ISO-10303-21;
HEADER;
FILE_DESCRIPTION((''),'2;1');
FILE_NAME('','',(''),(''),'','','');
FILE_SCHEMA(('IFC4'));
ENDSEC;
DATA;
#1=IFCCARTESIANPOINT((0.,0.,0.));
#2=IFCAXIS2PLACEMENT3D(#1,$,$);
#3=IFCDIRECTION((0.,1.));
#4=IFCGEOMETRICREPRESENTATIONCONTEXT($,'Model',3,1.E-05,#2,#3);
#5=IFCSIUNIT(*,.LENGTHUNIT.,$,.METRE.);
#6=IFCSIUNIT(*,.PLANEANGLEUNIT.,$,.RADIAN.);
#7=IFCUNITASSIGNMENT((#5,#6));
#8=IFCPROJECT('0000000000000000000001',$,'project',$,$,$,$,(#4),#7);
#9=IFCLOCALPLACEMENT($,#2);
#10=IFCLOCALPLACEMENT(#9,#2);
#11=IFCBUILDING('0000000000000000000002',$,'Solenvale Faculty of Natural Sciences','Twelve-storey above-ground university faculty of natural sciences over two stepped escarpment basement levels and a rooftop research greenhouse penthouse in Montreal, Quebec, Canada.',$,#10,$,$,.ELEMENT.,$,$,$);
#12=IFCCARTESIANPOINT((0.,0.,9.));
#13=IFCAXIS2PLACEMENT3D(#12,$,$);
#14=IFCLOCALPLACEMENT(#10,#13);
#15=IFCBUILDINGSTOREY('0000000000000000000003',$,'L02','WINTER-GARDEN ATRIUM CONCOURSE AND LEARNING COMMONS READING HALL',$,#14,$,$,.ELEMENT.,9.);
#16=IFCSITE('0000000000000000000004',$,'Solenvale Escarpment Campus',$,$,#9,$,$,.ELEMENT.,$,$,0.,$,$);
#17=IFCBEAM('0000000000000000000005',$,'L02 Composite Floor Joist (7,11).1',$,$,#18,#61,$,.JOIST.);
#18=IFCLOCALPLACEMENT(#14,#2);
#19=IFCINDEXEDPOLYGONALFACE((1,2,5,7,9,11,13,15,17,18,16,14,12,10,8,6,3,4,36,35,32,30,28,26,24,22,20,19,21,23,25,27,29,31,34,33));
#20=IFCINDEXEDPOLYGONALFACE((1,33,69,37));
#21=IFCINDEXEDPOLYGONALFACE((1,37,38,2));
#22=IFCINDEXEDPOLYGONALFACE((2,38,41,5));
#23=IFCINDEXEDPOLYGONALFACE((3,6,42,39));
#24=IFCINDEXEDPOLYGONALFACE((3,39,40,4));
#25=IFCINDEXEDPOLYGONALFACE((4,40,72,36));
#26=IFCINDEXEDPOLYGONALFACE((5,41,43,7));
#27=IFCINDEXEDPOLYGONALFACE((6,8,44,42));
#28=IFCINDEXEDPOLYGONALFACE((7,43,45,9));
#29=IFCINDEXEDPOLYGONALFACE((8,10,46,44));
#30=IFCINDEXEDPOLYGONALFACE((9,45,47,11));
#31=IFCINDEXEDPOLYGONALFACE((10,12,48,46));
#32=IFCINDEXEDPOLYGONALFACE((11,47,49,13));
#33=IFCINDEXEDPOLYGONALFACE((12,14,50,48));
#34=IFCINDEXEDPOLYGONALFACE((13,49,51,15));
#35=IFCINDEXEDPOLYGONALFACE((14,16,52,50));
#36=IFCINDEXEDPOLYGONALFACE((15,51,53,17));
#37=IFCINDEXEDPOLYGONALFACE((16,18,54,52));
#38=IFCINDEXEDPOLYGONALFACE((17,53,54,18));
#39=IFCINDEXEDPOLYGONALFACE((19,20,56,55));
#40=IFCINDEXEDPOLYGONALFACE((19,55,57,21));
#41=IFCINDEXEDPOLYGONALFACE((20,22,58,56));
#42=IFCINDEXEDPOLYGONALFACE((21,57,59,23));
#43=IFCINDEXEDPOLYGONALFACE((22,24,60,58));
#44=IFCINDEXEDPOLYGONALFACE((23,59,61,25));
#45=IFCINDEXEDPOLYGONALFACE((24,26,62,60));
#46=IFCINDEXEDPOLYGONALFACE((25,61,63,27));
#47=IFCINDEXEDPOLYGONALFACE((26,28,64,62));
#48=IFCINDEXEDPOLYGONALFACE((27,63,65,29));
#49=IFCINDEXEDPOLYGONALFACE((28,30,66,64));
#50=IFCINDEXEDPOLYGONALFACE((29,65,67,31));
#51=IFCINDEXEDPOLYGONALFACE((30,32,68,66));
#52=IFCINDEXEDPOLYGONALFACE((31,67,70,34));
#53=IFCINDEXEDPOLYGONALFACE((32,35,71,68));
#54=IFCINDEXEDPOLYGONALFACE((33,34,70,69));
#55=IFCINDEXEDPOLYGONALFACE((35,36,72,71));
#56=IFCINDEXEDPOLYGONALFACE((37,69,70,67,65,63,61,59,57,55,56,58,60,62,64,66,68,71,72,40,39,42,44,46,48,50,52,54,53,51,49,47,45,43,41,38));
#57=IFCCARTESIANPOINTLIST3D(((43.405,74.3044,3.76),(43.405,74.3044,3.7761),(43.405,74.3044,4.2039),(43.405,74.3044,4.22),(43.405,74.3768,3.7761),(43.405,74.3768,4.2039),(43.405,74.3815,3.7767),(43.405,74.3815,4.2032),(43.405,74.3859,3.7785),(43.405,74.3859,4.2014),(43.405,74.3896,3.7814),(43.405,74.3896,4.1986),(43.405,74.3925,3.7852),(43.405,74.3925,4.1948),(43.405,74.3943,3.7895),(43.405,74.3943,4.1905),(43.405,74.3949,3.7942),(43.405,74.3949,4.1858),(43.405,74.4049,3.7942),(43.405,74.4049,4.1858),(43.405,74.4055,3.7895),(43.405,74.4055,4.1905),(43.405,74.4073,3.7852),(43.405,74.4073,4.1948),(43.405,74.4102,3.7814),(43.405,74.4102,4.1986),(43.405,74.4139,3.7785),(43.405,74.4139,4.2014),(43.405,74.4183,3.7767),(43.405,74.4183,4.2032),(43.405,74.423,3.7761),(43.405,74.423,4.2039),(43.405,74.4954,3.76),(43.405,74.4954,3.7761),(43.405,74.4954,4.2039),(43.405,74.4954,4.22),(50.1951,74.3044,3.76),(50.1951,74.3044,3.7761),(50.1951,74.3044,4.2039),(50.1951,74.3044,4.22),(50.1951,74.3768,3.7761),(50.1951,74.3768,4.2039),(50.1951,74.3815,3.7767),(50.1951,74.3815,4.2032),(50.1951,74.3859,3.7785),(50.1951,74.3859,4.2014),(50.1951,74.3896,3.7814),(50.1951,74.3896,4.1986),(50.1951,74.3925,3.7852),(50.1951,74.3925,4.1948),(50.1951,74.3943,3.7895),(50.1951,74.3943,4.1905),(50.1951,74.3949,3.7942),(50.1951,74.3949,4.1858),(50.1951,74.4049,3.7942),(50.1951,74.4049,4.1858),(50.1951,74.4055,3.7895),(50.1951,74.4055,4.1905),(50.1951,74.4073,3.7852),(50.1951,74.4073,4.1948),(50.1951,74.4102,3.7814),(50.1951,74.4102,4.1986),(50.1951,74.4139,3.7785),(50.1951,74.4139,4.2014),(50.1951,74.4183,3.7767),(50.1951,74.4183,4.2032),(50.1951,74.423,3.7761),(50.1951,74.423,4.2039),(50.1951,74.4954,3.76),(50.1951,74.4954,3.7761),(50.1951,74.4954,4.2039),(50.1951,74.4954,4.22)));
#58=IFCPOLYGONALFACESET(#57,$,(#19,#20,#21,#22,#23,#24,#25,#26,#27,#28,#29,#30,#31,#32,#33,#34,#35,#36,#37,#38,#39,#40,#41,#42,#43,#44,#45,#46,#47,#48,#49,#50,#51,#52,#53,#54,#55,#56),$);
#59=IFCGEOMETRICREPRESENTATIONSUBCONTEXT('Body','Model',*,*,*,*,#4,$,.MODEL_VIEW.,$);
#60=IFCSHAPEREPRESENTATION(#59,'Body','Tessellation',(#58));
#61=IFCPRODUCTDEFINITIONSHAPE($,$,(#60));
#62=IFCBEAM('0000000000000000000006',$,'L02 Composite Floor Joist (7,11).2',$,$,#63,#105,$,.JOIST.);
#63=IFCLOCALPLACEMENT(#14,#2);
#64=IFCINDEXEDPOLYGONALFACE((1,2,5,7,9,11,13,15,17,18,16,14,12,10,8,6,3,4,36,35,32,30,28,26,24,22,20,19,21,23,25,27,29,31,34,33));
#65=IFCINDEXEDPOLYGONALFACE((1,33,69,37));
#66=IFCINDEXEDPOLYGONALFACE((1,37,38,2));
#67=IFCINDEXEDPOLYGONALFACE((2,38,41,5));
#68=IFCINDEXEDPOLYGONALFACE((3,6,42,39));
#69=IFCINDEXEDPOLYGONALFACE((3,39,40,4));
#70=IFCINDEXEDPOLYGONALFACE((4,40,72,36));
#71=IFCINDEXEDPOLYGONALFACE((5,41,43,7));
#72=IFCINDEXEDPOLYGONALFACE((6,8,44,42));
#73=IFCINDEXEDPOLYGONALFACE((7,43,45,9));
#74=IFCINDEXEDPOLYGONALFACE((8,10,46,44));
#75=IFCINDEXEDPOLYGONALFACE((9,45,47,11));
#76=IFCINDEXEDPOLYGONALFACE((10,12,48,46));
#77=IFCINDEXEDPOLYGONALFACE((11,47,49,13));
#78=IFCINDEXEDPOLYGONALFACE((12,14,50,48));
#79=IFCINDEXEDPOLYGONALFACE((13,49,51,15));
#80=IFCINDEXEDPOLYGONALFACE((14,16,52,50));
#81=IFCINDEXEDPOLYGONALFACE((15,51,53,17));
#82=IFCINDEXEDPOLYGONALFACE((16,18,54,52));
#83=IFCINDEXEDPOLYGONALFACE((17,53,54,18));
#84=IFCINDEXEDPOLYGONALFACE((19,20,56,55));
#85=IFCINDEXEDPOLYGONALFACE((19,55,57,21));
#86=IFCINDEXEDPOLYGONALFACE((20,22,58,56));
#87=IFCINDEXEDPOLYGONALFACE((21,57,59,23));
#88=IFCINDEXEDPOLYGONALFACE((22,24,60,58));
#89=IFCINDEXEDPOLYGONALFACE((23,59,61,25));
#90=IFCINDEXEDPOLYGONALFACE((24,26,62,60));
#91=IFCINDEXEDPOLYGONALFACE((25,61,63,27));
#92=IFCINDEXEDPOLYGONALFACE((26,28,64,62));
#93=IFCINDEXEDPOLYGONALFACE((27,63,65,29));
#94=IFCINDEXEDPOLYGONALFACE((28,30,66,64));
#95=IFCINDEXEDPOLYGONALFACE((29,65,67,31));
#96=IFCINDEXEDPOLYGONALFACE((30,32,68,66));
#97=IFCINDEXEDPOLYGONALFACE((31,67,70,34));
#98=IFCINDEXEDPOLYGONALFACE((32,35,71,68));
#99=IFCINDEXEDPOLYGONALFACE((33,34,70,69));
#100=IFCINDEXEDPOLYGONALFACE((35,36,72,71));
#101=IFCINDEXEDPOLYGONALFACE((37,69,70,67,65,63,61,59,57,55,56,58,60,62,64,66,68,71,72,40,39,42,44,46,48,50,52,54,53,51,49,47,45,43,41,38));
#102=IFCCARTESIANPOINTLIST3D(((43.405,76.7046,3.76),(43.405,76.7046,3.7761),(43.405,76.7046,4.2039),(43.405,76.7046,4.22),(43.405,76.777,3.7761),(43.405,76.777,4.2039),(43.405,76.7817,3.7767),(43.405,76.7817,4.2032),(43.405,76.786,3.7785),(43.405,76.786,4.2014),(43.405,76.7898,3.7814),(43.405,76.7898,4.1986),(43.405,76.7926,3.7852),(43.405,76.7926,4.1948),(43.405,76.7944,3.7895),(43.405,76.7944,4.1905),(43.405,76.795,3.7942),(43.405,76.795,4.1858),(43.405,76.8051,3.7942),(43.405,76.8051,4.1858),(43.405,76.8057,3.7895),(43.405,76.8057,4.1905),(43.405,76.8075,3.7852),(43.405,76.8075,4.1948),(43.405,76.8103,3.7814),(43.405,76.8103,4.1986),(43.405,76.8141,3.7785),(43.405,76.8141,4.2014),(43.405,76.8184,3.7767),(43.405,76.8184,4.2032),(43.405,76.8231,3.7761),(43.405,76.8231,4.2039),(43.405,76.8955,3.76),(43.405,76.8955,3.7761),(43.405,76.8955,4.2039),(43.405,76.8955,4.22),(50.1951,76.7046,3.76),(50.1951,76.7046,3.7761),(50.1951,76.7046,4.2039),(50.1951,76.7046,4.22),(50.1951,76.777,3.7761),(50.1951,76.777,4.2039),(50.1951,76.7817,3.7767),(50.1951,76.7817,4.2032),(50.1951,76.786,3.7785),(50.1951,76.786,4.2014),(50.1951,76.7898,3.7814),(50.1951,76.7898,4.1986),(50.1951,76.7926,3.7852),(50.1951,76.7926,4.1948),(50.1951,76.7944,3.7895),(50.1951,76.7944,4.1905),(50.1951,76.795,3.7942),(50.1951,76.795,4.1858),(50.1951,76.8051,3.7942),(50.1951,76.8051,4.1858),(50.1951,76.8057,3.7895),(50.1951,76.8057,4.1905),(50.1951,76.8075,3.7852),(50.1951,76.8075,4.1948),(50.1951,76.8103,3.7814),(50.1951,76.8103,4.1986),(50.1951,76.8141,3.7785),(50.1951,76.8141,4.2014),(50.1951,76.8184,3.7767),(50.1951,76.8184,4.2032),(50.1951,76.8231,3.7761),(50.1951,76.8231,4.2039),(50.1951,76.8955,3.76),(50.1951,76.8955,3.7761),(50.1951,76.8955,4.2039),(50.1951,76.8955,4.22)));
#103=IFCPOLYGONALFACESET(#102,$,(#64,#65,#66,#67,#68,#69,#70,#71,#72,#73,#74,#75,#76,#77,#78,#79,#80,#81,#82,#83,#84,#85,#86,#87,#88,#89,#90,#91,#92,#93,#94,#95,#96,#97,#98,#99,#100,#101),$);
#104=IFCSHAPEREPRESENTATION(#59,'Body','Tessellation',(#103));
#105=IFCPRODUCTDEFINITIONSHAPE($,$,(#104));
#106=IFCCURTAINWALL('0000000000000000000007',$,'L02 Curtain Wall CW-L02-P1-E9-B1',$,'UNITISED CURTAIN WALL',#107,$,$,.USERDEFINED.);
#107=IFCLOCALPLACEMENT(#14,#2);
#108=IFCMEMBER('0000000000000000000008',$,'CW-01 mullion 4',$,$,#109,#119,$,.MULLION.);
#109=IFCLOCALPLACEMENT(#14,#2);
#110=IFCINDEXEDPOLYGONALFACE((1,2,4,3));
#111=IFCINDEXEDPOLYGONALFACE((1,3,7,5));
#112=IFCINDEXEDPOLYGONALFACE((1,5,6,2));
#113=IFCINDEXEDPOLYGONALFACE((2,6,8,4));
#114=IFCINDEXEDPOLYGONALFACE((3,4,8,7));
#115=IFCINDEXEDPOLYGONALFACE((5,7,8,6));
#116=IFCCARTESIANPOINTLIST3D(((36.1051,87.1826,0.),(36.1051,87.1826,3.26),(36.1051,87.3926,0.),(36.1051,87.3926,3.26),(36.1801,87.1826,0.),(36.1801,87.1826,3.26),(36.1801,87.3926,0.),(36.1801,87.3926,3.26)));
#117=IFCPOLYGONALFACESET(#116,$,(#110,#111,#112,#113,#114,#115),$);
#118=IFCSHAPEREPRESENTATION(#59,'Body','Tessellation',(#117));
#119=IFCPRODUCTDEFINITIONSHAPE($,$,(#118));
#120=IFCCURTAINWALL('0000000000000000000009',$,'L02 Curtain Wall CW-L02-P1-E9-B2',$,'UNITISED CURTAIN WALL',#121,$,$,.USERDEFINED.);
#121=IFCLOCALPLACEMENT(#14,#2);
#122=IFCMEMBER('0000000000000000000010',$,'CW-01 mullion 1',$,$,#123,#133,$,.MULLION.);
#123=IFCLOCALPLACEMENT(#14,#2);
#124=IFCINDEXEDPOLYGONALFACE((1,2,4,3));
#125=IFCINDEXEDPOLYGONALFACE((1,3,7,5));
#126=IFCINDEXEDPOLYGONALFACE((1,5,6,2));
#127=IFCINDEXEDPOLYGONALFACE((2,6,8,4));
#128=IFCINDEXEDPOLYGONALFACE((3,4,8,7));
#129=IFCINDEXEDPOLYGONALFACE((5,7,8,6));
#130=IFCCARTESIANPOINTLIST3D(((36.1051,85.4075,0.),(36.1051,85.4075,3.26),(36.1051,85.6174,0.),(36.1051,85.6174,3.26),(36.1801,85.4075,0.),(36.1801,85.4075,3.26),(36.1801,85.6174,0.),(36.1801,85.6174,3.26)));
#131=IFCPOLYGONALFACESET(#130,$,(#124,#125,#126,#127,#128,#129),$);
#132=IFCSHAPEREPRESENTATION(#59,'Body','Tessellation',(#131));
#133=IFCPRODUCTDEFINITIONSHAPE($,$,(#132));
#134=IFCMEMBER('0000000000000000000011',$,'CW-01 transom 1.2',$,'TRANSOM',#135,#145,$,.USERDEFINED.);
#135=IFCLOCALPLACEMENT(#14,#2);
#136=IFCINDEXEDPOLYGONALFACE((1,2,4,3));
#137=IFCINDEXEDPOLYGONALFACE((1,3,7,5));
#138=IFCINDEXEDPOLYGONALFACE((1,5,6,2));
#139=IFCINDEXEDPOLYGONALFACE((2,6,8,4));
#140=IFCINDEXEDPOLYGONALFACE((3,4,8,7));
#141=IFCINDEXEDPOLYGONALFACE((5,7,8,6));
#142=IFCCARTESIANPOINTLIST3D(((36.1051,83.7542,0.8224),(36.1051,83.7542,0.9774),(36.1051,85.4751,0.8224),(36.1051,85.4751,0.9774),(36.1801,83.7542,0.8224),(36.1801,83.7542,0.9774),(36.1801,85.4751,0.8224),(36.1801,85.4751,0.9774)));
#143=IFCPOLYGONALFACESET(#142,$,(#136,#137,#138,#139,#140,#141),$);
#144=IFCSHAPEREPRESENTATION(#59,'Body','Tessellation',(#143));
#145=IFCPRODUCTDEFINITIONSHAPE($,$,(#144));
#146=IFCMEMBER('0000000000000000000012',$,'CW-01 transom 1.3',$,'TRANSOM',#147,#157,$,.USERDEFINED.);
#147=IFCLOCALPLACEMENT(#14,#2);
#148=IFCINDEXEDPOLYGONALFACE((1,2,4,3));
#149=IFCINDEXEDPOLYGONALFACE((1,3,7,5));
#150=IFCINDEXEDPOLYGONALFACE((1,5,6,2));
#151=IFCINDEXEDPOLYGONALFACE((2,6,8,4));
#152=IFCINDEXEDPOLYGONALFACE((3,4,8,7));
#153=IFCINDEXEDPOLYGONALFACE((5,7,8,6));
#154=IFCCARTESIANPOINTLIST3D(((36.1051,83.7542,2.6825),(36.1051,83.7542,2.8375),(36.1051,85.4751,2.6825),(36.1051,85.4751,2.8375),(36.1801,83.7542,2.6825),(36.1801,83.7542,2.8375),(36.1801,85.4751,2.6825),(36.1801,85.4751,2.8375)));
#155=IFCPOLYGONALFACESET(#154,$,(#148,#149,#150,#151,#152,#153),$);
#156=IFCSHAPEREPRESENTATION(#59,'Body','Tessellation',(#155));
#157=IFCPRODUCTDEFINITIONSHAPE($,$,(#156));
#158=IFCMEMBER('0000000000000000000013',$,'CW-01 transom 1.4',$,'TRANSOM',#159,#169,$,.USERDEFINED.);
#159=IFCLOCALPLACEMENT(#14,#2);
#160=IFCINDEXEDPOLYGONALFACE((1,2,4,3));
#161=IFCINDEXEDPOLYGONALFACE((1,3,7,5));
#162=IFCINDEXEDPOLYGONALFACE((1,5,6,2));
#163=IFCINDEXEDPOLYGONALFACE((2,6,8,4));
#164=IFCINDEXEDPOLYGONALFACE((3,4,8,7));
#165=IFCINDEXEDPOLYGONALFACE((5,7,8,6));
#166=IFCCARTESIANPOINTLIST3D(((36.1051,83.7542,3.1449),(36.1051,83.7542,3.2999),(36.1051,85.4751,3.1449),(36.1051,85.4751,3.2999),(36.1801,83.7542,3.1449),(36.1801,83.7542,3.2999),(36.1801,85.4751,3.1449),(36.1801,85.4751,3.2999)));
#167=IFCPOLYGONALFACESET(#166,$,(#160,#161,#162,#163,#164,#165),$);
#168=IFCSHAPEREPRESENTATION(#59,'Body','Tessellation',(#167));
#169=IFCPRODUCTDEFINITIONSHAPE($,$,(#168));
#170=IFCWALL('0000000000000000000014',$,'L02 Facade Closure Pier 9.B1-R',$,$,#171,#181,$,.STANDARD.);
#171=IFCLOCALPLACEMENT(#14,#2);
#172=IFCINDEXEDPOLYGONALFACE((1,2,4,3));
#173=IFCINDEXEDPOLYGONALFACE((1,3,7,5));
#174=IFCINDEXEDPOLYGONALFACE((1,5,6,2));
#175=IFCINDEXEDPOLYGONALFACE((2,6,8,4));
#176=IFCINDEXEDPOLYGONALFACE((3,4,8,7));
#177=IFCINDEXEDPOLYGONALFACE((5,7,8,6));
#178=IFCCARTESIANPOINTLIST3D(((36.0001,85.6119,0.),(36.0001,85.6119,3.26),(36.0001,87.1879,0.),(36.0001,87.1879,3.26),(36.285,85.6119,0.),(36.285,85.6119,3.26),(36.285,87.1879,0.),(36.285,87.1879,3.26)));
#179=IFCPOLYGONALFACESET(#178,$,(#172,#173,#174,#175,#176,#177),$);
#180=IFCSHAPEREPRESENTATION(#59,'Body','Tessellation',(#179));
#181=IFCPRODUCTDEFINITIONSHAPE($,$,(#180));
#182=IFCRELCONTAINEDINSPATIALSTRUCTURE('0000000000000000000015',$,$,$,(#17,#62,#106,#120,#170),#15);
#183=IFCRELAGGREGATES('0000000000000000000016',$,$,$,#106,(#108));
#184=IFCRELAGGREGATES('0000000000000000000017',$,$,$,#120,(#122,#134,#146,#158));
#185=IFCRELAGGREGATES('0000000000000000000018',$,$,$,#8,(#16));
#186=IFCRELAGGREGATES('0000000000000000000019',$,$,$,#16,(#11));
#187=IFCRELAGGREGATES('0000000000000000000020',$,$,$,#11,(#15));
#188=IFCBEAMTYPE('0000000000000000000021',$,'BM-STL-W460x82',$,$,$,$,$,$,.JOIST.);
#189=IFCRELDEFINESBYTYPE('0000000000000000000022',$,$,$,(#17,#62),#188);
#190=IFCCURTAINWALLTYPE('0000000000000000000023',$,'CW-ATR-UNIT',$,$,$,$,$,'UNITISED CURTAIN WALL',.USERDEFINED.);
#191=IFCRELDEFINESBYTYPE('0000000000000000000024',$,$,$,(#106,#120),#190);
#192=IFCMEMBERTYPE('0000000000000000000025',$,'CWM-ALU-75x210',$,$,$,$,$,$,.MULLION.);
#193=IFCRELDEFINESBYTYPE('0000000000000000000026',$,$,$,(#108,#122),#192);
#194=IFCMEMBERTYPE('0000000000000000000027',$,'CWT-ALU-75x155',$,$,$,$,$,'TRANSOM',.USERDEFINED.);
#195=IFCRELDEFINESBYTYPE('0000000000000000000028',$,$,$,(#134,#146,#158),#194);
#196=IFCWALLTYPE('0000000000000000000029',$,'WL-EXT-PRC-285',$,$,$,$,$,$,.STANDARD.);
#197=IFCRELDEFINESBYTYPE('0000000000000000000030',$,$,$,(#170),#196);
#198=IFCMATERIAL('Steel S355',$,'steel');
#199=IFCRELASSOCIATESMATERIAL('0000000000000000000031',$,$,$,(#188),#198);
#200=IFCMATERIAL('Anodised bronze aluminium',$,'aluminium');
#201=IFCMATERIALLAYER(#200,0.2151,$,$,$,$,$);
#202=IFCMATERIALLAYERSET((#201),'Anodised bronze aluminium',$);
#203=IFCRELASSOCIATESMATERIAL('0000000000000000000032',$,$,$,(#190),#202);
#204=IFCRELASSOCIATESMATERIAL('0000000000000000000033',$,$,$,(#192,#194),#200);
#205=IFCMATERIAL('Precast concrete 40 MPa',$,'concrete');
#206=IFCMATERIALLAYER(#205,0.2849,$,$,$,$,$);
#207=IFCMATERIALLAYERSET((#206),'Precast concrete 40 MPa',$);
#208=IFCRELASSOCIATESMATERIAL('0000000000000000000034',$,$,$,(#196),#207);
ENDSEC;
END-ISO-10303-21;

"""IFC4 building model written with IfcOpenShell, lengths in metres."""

from ifc_helpers import new_model, si_unit, direction, frame, frame_2d, origin, origin_2d, place, context, subcontext, project, spatial, rectangle, i_section, extrude, material, layer, layer_set, material_profile, profile_set, type_object, element, aggregate, save


model = new_model("IFC4")

# Units and contexts
model_context = context("Model", 3, precision=1e-05, world=origin(), true_north=direction((0.0, 1.0)))
body_context = subcontext(model_context, "Body", "Model", "MODEL_VIEW")
ifc_project = project(units=[si_unit("LENGTHUNIT", "METRE"), si_unit("PLANEANGLEUNIT", "RADIAN")], contexts=[model_context])

# Site, building, storey
site_placement = place(None, origin())
site = spatial("IfcSite", under=ifc_project, at=site_placement, Name="Solenvale Escarpment Campus", CompositionType="ELEMENT", RefElevation=0.0)
building_placement = place(site_placement, origin())
building = spatial("IfcBuilding", under=site, at=building_placement, Name="Solenvale Faculty of Natural Sciences", Description="Twelve-storey above-ground university faculty of natural sciences over two stepped escarpment basement levels and a rooftop research greenhouse penthouse in Montreal, Quebec, Canada.", CompositionType="ELEMENT")
storey_placement = place(building_placement, frame((0.0, 0.0, 9.0)))
storey = spatial("IfcBuildingStorey", under=building, at=storey_placement, Name="L02", Description="WINTER-GARDEN ATRIUM CONCOURSE AND LEARNING COMMONS READING HALL", CompositionType="ELEMENT", Elevation=9.0)

# Shared definitions
ifc_material_1 = material(Name="Steel S355", Category="steel")

# Beams
ifc_material_profile_1 = material_profile(ifc_material_1, i_section(OverallWidth=0.1909, OverallDepth=0.46, WebThickness=0.01, FlangeThickness=0.0161, FilletRadius=0.0181, at=origin_2d()), Name="W460x82")
ifc_profile_set_1 = profile_set([ifc_material_profile_1], Name="Steel S355")
beam_type_1 = type_object("IfcBeamType", Name="BM-STL-W460x82", PredefinedType="JOIST", material=ifc_profile_set_1)
for number, where, z_axis, x_axis, name in (
    (1, (43.405, 74.3999, 3.99), (1.0, 0.0, 0.0), (0.0, 1.0, 0.0), "L02 Composite Floor Joist (7,11).1"),
    (2, (43.405, 76.8, 3.99), (1.0, 0.0, 0.0), (0.0, 1.0, 0.0), "L02 Composite Floor Joist (7,11).2"),
):
    element("IfcBeam", number, at=place(storey_placement, frame(where, z_axis=z_axis, x_axis=x_axis)), inside=storey, type_object=beam_type_1, Name=name, PredefinedType="JOIST", context=body_context, shape_type="SweptSolid", body=[
        extrude(i_section(OverallWidth=0.1909, OverallDepth=0.46, WebThickness=0.01, FlangeThickness=0.0161, FilletRadius=0.0181, at=origin_2d()), origin(), (0.0, 0.0, 1.0), 6.79),
    ])

# Curtain wall, member
ifc_material_2 = material(Name="Anodised bronze aluminium", Category="aluminium")
ifc_layer_1 = layer(ifc_material_2, 0.2151)
ifc_layer_set_1 = layer_set([ifc_layer_1], Name="Anodised bronze aluminium")
curtain_wall_type = type_object("IfcCurtainWallType", Name="CW-ATR-UNIT", ElementType="UNITISED CURTAIN WALL", PredefinedType="USERDEFINED", material=ifc_layer_set_1)
curtain_wall_1_placement = place(storey_placement, origin())
curtain_wall_1 = element("IfcCurtainWall", 3, at=curtain_wall_1_placement, inside=storey, type_object=curtain_wall_type, Name="L02 Curtain Wall CW-L02-P1-E9-B1", ObjectType="UNITISED CURTAIN WALL", PredefinedType="USERDEFINED")
ifc_material_profile_2 = material_profile(ifc_material_2, rectangle(XDim=0.075, YDim=0.21, at=origin_2d()), Name="ALU-MUL-75x210")
ifc_profile_set_2 = profile_set([ifc_material_profile_2], Name="Anodised bronze aluminium")
member_type_1 = type_object("IfcMemberType", Name="CWM-ALU-75x210", PredefinedType="MULLION", material=ifc_profile_set_2)
member_1_placement = place(storey_placement, frame((36.1426, 87.2876, 0.0), z_axis=(0.0, 0.0, 1.0), x_axis=(1.0, 0.0, 0.0)))
member_1 = element("IfcMember", 4, at=member_1_placement, type_object=member_type_1, Name="CW-01 mullion 4", PredefinedType="MULLION", context=body_context, shape_type="SweptSolid", body=[
    extrude(rectangle(XDim=0.075, YDim=0.21, at=origin_2d()), origin(), (0.0, 0.0, 1.0), 3.26),
])
aggregate(curtain_wall_1, [member_1])

# Curtain wall, members
curtain_wall_2_placement = place(storey_placement, origin())
curtain_wall_2 = element("IfcCurtainWall", 5, at=curtain_wall_2_placement, inside=storey, type_object=curtain_wall_type, Name="L02 Curtain Wall CW-L02-P1-E9-B2", ObjectType="UNITISED CURTAIN WALL", PredefinedType="USERDEFINED")
member_2_placement = place(storey_placement, frame((36.1426, 85.5125, 0.0), z_axis=(0.0, 0.0, 1.0), x_axis=(1.0, 0.0, 0.0)))
member_2 = element("IfcMember", 6, at=member_2_placement, type_object=member_type_1, Name="CW-01 mullion 1", PredefinedType="MULLION", context=body_context, shape_type="SweptSolid", body=[
    extrude(rectangle(XDim=0.075, YDim=0.21, at=origin_2d()), origin(), (0.0, 0.0, 1.0), 3.26),
])
ifc_material_profile_3 = material_profile(ifc_material_2, rectangle(XDim=0.075, YDim=0.155, at=origin_2d()), Name="ALU-TRN-75x155")
ifc_profile_set_3 = profile_set([ifc_material_profile_3], Name="Anodised bronze aluminium")
member_type_2 = type_object("IfcMemberType", Name="CWT-ALU-75x155", ElementType="TRANSOM", PredefinedType="USERDEFINED", material=ifc_profile_set_3)
member_3_placement = place(storey_placement, frame((36.1426, 85.4751, 0.8999), z_axis=(0.0, -1.0, 0.0), x_axis=(1.0, 0.0, 0.0)))
member_3 = element("IfcMember", 7, at=member_3_placement, type_object=member_type_2, Name="CW-01 transom 1.2", ObjectType="TRANSOM", PredefinedType="USERDEFINED", context=body_context, shape_type="SweptSolid", body=[
    extrude(rectangle(XDim=0.075, YDim=0.155, at=origin_2d()), origin(), (0.0, 0.0, 1.0), 1.7209),
])
member_4_placement = place(storey_placement, frame((36.1426, 85.4751, 2.76), z_axis=(0.0, -1.0, 0.0), x_axis=(1.0, 0.0, 0.0)))
member_4 = element("IfcMember", 8, at=member_4_placement, type_object=member_type_2, Name="CW-01 transom 1.3", ObjectType="TRANSOM", PredefinedType="USERDEFINED", context=body_context, shape_type="SweptSolid", body=[
    extrude(rectangle(XDim=0.075, YDim=0.155, at=origin_2d()), origin(), (0.0, 0.0, 1.0), 1.7209),
])
member_5_placement = place(storey_placement, frame((36.1426, 85.4751, 3.2224), z_axis=(0.0, -1.0, 0.0), x_axis=(1.0, 0.0, 0.0)))
member_5 = element("IfcMember", 9, at=member_5_placement, type_object=member_type_2, Name="CW-01 transom 1.4", ObjectType="TRANSOM", PredefinedType="USERDEFINED", context=body_context, shape_type="SweptSolid", body=[
    extrude(rectangle(XDim=0.075, YDim=0.155, at=origin_2d()), origin(), (0.0, 0.0, 1.0), 1.7209),
])
aggregate(curtain_wall_2, [member_2, member_3, member_4, member_5])

# Wall
ifc_material_3 = material(Name="Precast concrete 40 MPa", Category="concrete")
ifc_layer_2 = layer(ifc_material_3, 0.2849)
ifc_layer_set_2 = layer_set([ifc_layer_2], Name="Precast concrete 40 MPa")
wall_type = type_object("IfcWallType", Name="WL-EXT-PRC-285", PredefinedType="STANDARD", material=ifc_layer_set_2)
wall_placement = place(storey_placement, frame((36.1426, 87.188, 0.0), z_axis=(0.0, 0.0, 1.0), x_axis=(0.0, -1.0, 0.0)))
element("IfcWall", 10, at=wall_placement, inside=storey, type_object=wall_type, Name="L02 Facade Closure Pier 9.B1-R", PredefinedType="STANDARD", context=body_context, shape_type="SweptSolid", body=[
    extrude(rectangle(XDim=1.5759, YDim=0.2849, at=frame_2d((0.7881, 0.0))), origin(), (0.0, 0.0, 1.0), 3.26),
])

save(model, "model.ifc")
